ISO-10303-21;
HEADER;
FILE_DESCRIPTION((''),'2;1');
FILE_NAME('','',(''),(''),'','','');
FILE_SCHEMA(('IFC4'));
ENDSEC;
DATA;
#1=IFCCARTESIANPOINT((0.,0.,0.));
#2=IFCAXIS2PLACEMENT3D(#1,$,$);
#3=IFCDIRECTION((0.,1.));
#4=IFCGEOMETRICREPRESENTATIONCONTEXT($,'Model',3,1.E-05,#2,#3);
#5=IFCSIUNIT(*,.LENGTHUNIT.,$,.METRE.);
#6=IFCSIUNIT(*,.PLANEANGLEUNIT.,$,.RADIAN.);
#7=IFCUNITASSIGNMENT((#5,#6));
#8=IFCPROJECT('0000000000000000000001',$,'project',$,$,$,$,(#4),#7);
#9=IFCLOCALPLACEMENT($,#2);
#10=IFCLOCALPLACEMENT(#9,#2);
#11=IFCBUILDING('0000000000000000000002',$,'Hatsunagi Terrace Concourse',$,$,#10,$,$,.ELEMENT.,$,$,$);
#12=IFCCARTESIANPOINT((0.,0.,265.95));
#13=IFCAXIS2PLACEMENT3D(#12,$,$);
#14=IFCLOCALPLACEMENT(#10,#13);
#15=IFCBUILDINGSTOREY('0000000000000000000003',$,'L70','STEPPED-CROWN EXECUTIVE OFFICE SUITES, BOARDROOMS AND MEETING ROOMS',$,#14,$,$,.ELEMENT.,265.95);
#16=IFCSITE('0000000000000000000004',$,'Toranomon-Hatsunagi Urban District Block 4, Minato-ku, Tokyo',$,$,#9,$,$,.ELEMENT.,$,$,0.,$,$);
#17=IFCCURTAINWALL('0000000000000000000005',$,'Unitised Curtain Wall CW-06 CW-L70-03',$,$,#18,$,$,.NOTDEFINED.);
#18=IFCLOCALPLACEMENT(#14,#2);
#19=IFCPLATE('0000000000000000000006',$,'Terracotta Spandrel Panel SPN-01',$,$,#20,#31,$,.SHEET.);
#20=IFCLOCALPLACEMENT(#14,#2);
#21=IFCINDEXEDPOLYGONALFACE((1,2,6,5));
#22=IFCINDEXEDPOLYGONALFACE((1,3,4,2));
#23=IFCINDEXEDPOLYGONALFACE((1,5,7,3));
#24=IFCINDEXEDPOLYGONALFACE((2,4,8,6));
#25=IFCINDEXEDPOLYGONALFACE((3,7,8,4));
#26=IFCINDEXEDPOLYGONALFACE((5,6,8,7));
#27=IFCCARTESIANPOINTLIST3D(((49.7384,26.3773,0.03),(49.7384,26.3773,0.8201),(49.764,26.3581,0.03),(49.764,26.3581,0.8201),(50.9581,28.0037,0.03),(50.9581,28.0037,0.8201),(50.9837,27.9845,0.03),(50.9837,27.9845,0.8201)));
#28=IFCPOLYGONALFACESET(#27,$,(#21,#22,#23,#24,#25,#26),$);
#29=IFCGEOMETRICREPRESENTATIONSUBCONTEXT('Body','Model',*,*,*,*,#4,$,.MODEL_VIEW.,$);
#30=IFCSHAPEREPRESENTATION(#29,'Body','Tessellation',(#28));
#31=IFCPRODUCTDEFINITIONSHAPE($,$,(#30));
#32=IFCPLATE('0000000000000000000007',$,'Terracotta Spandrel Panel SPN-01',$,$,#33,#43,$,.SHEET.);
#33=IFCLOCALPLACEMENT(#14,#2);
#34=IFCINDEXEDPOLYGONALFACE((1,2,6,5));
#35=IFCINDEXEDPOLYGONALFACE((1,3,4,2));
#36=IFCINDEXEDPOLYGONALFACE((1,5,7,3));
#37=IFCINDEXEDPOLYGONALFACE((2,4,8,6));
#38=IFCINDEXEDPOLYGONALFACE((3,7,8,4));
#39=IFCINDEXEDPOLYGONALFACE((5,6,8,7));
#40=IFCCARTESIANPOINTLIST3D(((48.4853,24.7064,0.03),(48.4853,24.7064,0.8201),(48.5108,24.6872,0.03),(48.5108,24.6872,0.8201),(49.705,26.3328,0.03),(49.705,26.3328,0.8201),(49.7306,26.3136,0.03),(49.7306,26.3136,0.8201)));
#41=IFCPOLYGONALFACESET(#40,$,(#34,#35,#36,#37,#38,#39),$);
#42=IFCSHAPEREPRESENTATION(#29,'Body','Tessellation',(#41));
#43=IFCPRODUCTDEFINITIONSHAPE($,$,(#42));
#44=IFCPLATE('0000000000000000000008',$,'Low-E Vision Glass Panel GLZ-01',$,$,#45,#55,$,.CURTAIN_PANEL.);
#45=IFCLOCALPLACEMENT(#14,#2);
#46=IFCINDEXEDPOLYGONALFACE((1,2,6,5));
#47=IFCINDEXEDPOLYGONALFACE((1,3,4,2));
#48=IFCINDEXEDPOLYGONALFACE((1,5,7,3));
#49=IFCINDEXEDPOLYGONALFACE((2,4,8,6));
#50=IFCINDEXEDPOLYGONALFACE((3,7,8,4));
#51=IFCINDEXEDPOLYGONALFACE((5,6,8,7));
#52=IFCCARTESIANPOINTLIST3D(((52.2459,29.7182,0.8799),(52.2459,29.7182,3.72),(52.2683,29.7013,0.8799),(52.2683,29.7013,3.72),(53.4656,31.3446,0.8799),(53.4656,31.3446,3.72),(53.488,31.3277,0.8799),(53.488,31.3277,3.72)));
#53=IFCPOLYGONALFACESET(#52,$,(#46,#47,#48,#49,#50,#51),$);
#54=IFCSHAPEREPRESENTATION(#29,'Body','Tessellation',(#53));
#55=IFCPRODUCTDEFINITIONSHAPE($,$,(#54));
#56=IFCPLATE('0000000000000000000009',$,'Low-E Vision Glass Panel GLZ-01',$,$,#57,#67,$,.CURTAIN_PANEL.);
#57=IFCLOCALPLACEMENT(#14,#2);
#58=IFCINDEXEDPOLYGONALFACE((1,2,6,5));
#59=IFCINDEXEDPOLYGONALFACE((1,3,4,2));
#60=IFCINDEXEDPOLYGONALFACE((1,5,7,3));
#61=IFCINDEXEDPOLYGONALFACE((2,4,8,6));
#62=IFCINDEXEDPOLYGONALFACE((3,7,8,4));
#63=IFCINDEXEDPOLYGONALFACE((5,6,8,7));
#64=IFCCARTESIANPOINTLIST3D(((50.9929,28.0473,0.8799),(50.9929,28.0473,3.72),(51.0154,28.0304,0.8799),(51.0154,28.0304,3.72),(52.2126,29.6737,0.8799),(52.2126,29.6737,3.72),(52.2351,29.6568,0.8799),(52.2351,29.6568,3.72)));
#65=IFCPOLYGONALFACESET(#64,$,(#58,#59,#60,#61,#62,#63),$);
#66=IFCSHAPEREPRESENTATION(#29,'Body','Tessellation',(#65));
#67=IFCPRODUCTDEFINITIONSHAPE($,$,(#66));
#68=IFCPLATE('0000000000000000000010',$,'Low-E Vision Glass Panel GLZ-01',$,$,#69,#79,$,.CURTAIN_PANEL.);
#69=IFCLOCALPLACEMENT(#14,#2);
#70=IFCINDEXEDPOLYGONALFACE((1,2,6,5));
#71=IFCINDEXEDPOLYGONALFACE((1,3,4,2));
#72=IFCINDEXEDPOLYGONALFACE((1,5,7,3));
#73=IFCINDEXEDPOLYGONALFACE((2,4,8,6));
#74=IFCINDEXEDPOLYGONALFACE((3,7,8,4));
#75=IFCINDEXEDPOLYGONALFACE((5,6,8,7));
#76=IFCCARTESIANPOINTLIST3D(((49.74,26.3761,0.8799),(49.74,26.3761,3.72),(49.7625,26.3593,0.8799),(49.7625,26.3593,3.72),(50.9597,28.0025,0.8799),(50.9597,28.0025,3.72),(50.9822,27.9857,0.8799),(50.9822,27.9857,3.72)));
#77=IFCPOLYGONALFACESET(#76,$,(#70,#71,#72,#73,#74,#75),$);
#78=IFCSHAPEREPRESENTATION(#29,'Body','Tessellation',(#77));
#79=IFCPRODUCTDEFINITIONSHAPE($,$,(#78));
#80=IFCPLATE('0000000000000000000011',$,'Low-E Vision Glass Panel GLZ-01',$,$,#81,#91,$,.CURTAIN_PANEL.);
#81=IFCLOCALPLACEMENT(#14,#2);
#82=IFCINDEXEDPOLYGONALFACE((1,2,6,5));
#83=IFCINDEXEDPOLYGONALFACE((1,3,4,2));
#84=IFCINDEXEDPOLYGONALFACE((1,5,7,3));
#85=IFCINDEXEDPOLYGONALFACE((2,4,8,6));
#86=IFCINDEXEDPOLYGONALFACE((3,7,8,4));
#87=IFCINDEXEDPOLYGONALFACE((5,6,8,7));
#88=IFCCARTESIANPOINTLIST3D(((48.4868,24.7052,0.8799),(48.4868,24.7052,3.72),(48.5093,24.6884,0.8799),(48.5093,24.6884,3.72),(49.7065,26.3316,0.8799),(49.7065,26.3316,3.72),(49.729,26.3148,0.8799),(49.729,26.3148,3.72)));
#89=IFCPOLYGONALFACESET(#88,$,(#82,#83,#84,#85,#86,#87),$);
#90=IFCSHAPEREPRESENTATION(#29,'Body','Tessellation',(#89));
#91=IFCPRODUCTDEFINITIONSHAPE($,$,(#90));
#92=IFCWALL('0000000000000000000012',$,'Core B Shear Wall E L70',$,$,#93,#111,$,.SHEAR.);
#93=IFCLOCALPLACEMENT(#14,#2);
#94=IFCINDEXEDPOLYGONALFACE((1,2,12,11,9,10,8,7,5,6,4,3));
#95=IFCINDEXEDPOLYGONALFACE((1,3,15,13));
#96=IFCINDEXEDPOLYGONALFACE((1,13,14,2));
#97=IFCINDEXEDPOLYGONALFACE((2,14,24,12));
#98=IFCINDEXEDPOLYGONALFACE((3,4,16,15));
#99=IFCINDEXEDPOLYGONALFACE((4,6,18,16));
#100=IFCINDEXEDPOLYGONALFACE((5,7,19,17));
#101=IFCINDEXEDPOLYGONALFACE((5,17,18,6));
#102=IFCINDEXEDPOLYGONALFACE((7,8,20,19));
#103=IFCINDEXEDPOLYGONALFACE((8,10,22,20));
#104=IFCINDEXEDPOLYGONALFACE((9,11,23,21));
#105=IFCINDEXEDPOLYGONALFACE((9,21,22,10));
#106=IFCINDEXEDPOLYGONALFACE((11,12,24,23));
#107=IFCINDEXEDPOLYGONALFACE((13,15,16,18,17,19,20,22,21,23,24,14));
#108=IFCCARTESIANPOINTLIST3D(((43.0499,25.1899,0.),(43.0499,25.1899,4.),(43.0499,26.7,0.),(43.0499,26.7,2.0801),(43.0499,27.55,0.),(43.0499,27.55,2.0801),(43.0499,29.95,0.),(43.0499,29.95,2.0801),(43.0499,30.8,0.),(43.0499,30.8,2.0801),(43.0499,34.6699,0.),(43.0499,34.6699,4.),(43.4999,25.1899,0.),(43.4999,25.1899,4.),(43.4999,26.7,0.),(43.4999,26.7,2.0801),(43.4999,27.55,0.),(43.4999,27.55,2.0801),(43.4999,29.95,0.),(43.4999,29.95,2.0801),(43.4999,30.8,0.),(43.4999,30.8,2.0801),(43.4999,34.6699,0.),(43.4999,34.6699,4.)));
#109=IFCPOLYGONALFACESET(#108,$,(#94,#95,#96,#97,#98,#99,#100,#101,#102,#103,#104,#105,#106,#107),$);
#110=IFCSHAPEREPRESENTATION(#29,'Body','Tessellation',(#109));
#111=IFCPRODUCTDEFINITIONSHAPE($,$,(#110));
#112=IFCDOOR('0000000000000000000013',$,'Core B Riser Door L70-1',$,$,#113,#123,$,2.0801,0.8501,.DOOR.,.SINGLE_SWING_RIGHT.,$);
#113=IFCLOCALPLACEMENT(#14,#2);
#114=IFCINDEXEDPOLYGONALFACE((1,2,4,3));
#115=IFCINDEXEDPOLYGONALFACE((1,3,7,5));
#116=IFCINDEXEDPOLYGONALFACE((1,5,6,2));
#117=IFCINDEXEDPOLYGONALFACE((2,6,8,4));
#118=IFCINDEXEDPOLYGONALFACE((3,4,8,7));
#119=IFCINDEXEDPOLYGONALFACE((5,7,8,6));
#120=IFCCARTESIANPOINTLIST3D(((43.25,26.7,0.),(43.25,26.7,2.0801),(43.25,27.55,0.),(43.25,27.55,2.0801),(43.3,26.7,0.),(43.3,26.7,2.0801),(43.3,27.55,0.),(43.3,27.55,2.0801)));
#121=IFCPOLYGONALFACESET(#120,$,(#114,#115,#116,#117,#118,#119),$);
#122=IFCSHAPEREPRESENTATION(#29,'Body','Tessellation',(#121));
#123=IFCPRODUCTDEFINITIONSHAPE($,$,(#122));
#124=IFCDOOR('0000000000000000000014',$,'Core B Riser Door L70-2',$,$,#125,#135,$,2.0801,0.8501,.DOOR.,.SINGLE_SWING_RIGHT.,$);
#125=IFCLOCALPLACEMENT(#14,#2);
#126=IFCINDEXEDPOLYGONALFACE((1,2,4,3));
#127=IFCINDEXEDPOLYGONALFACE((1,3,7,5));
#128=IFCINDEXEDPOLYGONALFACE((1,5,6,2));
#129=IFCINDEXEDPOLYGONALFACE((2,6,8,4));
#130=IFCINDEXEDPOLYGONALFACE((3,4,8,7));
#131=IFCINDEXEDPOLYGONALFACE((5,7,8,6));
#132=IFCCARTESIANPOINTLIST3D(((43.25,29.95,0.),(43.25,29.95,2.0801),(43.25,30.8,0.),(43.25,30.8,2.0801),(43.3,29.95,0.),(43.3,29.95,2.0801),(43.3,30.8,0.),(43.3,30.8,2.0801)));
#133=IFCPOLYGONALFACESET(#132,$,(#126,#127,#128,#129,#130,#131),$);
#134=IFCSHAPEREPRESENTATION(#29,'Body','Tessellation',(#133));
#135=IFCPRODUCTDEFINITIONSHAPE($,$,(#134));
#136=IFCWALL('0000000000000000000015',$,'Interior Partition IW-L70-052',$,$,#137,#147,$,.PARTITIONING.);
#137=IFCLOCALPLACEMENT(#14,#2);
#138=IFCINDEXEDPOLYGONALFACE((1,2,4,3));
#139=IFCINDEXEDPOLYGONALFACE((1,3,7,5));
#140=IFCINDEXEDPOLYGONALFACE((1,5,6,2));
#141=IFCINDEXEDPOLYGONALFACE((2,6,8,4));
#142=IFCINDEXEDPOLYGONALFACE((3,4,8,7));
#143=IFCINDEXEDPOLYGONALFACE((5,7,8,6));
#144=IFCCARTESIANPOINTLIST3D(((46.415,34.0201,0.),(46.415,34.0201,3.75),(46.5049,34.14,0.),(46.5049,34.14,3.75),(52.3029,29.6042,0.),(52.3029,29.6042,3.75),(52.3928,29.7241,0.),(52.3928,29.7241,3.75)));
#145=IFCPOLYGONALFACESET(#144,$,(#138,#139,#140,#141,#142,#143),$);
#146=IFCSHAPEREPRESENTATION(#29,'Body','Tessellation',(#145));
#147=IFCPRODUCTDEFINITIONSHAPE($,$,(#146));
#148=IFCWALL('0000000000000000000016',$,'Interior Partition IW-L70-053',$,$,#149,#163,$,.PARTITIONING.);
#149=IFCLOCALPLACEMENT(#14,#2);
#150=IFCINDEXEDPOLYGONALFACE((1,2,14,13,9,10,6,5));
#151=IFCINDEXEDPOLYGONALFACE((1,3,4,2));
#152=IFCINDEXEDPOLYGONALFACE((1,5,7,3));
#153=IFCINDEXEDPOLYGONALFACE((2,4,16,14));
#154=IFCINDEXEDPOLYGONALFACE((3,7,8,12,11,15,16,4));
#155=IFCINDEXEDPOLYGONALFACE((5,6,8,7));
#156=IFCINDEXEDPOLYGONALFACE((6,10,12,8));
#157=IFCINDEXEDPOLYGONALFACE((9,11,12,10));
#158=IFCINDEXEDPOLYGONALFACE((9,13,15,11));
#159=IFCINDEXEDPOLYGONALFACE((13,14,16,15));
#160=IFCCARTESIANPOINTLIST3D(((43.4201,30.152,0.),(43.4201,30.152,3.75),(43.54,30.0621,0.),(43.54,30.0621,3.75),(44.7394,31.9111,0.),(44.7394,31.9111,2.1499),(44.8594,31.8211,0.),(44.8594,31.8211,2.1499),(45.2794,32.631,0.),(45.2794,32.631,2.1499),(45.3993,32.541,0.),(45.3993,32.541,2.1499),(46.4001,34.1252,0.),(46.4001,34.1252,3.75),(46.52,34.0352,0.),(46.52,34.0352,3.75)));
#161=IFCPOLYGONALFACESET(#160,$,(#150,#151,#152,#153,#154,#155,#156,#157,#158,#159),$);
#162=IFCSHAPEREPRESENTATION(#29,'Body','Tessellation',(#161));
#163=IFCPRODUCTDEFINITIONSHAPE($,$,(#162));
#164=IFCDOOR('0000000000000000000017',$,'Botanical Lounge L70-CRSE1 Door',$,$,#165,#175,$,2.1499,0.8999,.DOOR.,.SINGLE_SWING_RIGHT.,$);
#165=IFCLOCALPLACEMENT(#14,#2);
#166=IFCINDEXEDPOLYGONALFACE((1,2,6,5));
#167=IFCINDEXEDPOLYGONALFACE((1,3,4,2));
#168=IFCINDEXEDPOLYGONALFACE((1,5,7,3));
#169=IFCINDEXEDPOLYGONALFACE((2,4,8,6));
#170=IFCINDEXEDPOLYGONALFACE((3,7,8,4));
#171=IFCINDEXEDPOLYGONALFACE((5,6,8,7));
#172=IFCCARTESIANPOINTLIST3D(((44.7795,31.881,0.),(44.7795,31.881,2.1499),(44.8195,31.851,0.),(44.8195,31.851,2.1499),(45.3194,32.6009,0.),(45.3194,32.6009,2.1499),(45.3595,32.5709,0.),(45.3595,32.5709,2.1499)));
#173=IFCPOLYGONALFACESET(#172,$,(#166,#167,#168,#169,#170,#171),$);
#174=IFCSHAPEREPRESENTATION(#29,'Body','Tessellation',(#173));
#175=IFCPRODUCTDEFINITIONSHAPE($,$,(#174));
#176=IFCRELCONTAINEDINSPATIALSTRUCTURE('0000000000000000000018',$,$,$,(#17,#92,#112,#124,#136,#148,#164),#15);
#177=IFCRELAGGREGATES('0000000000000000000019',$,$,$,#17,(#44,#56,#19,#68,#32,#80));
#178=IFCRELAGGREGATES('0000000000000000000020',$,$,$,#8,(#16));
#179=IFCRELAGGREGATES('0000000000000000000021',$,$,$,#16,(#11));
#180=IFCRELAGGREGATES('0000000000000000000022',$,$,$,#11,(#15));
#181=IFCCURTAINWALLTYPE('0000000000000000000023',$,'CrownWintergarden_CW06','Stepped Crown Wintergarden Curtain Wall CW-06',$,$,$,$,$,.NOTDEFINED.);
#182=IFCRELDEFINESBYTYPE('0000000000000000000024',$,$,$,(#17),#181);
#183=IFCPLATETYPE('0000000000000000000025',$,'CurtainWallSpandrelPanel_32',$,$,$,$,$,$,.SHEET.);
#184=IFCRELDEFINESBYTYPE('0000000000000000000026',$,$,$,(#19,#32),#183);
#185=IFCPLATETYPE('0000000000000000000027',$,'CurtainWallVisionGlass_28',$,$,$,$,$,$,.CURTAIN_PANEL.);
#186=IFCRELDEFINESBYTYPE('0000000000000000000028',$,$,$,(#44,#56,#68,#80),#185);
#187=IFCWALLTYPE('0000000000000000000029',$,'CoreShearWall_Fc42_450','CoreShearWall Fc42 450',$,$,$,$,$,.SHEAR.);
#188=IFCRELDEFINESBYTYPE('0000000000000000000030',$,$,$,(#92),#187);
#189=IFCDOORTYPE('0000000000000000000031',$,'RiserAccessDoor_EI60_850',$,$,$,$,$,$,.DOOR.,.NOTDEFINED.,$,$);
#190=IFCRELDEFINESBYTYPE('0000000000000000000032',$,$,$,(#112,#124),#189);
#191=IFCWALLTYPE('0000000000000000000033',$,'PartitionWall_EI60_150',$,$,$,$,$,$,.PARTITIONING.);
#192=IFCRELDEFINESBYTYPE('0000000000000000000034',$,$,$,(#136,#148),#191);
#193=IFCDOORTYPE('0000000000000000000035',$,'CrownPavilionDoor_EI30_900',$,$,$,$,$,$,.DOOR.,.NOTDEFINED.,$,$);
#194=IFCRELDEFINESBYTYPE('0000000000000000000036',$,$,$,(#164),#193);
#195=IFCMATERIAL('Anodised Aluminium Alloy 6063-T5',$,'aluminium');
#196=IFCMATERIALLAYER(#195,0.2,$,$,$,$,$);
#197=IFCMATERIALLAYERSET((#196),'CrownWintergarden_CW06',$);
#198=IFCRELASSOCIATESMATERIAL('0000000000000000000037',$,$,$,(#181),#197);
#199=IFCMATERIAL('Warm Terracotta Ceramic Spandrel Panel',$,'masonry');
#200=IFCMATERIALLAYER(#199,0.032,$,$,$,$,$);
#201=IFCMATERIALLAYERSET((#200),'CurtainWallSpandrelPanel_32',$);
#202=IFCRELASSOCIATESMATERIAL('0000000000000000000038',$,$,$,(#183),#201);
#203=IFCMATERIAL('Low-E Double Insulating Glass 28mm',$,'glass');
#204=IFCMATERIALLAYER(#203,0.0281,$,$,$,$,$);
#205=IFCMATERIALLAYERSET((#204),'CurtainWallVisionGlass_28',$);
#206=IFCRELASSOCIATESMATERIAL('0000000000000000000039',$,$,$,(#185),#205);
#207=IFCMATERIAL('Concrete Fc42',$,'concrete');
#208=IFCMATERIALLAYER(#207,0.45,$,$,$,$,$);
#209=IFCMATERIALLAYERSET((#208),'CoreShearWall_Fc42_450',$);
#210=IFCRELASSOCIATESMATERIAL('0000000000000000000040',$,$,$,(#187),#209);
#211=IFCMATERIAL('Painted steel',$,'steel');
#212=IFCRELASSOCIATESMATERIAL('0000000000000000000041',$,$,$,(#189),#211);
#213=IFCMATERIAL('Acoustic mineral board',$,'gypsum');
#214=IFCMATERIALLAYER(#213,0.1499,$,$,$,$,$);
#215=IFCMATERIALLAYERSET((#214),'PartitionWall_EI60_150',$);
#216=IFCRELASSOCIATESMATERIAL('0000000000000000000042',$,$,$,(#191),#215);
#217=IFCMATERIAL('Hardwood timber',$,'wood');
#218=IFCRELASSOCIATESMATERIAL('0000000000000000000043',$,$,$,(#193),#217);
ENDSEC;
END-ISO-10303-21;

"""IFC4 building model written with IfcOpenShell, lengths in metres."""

from ifc_helpers import new_model, si_unit, direction, frame, frame_2d, origin, origin_2d, place, context, subcontext, project, spatial, rectangle, extrude, material, layer, layer_set, type_object, element, fill, aggregate, save


model = new_model("IFC4")

# Units and contexts
model_context = context("Model", 3, precision=1e-05, world=origin(), true_north=direction((0.0, 1.0)))
body_context = subcontext(model_context, "Body", "Model", "MODEL_VIEW")
ifc_project = project(units=[si_unit("LENGTHUNIT", "METRE"), si_unit("PLANEANGLEUNIT", "RADIAN")], contexts=[model_context])

# Site, building, storey
site_placement = place(None, origin())
site = spatial("IfcSite", under=ifc_project, at=site_placement, Name="Toranomon-Hatsunagi Urban District Block 4, Minato-ku, Tokyo", CompositionType="ELEMENT", RefElevation=0.0)
building_placement = place(site_placement, origin())
building = spatial("IfcBuilding", under=site, at=building_placement, Name="Hatsunagi Terrace Concourse", CompositionType="ELEMENT")
storey_placement = place(building_placement, frame((0.0, 0.0, 265.95)))
storey = spatial("IfcBuildingStorey", under=building, at=storey_placement, Name="L70", Description="STEPPED-CROWN EXECUTIVE OFFICE SUITES, BOARDROOMS AND MEETING ROOMS", CompositionType="ELEMENT", Elevation=265.95)

# Shared definitions
ifc_material_1 = material(Name="Anodised Aluminium Alloy 6063-T5", Category="aluminium")
ifc_layer_1 = layer(ifc_material_1, 0.2)
ifc_layer_set_1 = layer_set([ifc_layer_1], Name="CrownWintergarden_CW06")
curtain_wall_type = type_object("IfcCurtainWallType", Name="CrownWintergarden_CW06", Description="Stepped Crown Wintergarden Curtain Wall CW-06", PredefinedType="NOTDEFINED", material=ifc_layer_set_1)

# Curtain wall, plates
curtain_wall_1_placement = place(storey_placement, origin())
curtain_wall_1 = element("IfcCurtainWall", 1, at=curtain_wall_1_placement, inside=storey, type_object=curtain_wall_type, Name="Unitised Curtain Wall CW-06 CW-L70-03", PredefinedType="NOTDEFINED")
ifc_material_2 = material(Name="Warm Terracotta Ceramic Spandrel Panel", Category="masonry")
ifc_layer_2 = layer(ifc_material_2, 0.032)
ifc_layer_set_2 = layer_set([ifc_layer_2], Name="CurtainWallSpandrelPanel_32")
plate_type_1 = type_object("IfcPlateType", Name="CurtainWallSpandrelPanel_32", PredefinedType="SHEET", material=ifc_layer_set_2)
plate_1_placement = place(storey_placement, frame((50.3611, 27.1809, 0.03), z_axis=(0.0, 0.0, 1.0), x_axis=(-0.599969, -0.800023, 0.0)))
plate_1 = element("IfcPlate", 2, at=plate_1_placement, type_object=plate_type_1, Name="Terracotta Spandrel Panel SPN-01", PredefinedType="SHEET", context=body_context, shape_type="SweptSolid", body=[
    extrude(rectangle(XDim=2.033, YDim=0.032, at=origin_2d()), origin(), (0.0, 0.0, 1.0), 0.79),
])
plate_2_placement = place(storey_placement, frame((49.1079, 25.51, 0.03), z_axis=(0.0, 0.0, 1.0), x_axis=(-0.599969, -0.800023, 0.0)))
plate_2 = element("IfcPlate", 3, at=plate_2_placement, type_object=plate_type_1, Name="Terracotta Spandrel Panel SPN-01", PredefinedType="SHEET", context=body_context, shape_type="SweptSolid", body=[
    extrude(rectangle(XDim=2.033, YDim=0.032, at=origin_2d()), origin(), (0.0, 0.0, 1.0), 0.79),
])
ifc_material_3 = material(Name="Low-E Double Insulating Glass 28mm", Category="glass")
ifc_layer_3 = layer(ifc_material_3, 0.0281)
ifc_layer_set_3 = layer_set([ifc_layer_3], Name="CurtainWallVisionGlass_28")
plate_type_2 = type_object("IfcPlateType", Name="CurtainWallVisionGlass_28", PredefinedType="CURTAIN_PANEL", material=ifc_layer_set_3)
plate_3_placement = place(storey_placement, frame((52.8669, 30.5229, 0.8799), z_axis=(0.0, 0.0, 1.0), x_axis=(-0.599969, -0.800023, 0.0)))
plate_3 = element("IfcPlate", 4, at=plate_3_placement, type_object=plate_type_2, Name="Low-E Vision Glass Panel GLZ-01", PredefinedType="CURTAIN_PANEL", context=body_context, shape_type="SweptSolid", body=[
    extrude(rectangle(XDim=2.033, YDim=0.0281, at=origin_2d()), origin(), (0.0, 0.0, 1.0), 2.8401),
])
plate_4_placement = place(storey_placement, frame((51.614, 28.8521, 0.8799), z_axis=(0.0, 0.0, 1.0), x_axis=(-0.599969, -0.800023, 0.0)))
plate_4 = element("IfcPlate", 5, at=plate_4_placement, type_object=plate_type_2, Name="Low-E Vision Glass Panel GLZ-01", PredefinedType="CURTAIN_PANEL", context=body_context, shape_type="SweptSolid", body=[
    extrude(rectangle(XDim=2.033, YDim=0.0281, at=origin_2d()), origin(), (0.0, 0.0, 1.0), 2.8401),
])
plate_5_placement = place(storey_placement, frame((50.3611, 27.1809, 0.8799), z_axis=(0.0, 0.0, 1.0), x_axis=(-0.599969, -0.800023, 0.0)))
plate_5 = element("IfcPlate", 6, at=plate_5_placement, type_object=plate_type_2, Name="Low-E Vision Glass Panel GLZ-01", PredefinedType="CURTAIN_PANEL", context=body_context, shape_type="SweptSolid", body=[
    extrude(rectangle(XDim=2.033, YDim=0.0281, at=origin_2d()), origin(), (0.0, 0.0, 1.0), 2.8401),
])
plate_6_placement = place(storey_placement, frame((49.1079, 25.51, 0.8799), z_axis=(0.0, 0.0, 1.0), x_axis=(-0.599969, -0.800023, 0.0)))
plate_6 = element("IfcPlate", 7, at=plate_6_placement, type_object=plate_type_2, Name="Low-E Vision Glass Panel GLZ-01", PredefinedType="CURTAIN_PANEL", context=body_context, shape_type="SweptSolid", body=[
    extrude(rectangle(XDim=2.033, YDim=0.0281, at=origin_2d()), origin(), (0.0, 0.0, 1.0), 2.8401),
])
aggregate(curtain_wall_1, [plate_3, plate_4, plate_1, plate_5, plate_2, plate_6])

# Wall, openings, doors
ifc_material_4 = material(Name="Concrete Fc42", Category="concrete")
ifc_layer_4 = layer(ifc_material_4, 0.45)
ifc_layer_set_4 = layer_set([ifc_layer_4], Name="CoreShearWall_Fc42_450")
wall_type_1 = type_object("IfcWallType", Name="CoreShearWall_Fc42_450", Description="CoreShearWall Fc42 450", PredefinedType="SHEAR", material=ifc_layer_set_4)
wall_1_placement = place(storey_placement, frame((43.2749, 25.1899, 0.0), z_axis=(0.0, 0.0, 1.0), x_axis=(0.0, 1.0, 0.0)))
wall_1 = element("IfcWall", 8, at=wall_1_placement, inside=storey, type_object=wall_type_1, Name="Core B Shear Wall E L70", PredefinedType="SHEAR", context=body_context, shape_type="SweptSolid", body=[
    extrude(rectangle(XDim=9.48, YDim=0.45, at=frame_2d((4.74, 0.0))), origin(), (0.0, 0.0, 1.0), 4.0),
])
opening_1_placement = place(wall_1_placement, frame((1.51, 0.0, 0.0)))
opening_1 = element("IfcOpeningElement", 9, at=opening_1_placement, cuts=wall_1, PredefinedType="OPENING", context=body_context, shape_type="SweptSolid", body=[
    extrude(rectangle(XDim=0.8501, YDim=2.0801, at=frame_2d((0.425, 1.04))), frame((0.0, 0.2349, 0.0), z_axis=(0.0, -1.0, 0.0), x_axis=(1.0, 0.0, 0.0)), (0.0, 0.0, 1.0), 0.47),
])
opening_2_placement = place(wall_1_placement, frame((4.76, 0.0, 0.0)))
opening_2 = element("IfcOpeningElement", 10, at=opening_2_placement, cuts=wall_1, PredefinedType="OPENING", context=body_context, shape_type="SweptSolid", body=[
    extrude(rectangle(XDim=0.8501, YDim=2.0801, at=frame_2d((0.425, 1.04))), frame((0.0, 0.2349, 0.0), z_axis=(0.0, -1.0, 0.0), x_axis=(1.0, 0.0, 0.0)), (0.0, 0.0, 1.0), 0.47),
])
ifc_material_5 = material(Name="Painted steel", Category="steel")
door_type_1 = type_object("IfcDoorType", Name="RiserAccessDoor_EI60_850", OperationType="NOTDEFINED", PredefinedType="DOOR", material=ifc_material_5)
door_1_placement = place(opening_1_placement, origin())
door_1 = element("IfcDoor", 11, at=door_1_placement, inside=storey, type_object=door_type_1, Name="Core B Riser Door L70-1", OperationType="SINGLE_SWING_RIGHT", OverallHeight=2.0801, OverallWidth=0.8501, PredefinedType="DOOR", context=body_context, shape_type="SweptSolid", body=[
    extrude(rectangle(XDim=0.8501, YDim=2.0801, at=frame_2d((0.425, 1.04))), frame((0.0, 0.0249, 0.0), z_axis=(0.0, -1.0, 0.0), x_axis=(1.0, 0.0, 0.0)), (0.0, 0.0, 1.0), 0.05),
])
fill(opening_1, door_1)
door_2_placement = place(opening_2_placement, origin())
door_2 = element("IfcDoor", 12, at=door_2_placement, inside=storey, type_object=door_type_1, Name="Core B Riser Door L70-2", OperationType="SINGLE_SWING_RIGHT", OverallHeight=2.0801, OverallWidth=0.8501, PredefinedType="DOOR", context=body_context, shape_type="SweptSolid", body=[
    extrude(rectangle(XDim=0.8501, YDim=2.0801, at=frame_2d((0.425, 1.04))), frame((0.0, 0.0249, 0.0), z_axis=(0.0, -1.0, 0.0), x_axis=(1.0, 0.0, 0.0)), (0.0, 0.0, 1.0), 0.05),
])
fill(opening_2, door_2)

# Wall
ifc_material_6 = material(Name="Acoustic mineral board", Category="gypsum")
ifc_layer_5 = layer(ifc_material_6, 0.1499)
ifc_layer_set_5 = layer_set([ifc_layer_5], Name="PartitionWall_EI60_150")
wall_type_2 = type_object("IfcWallType", Name="PartitionWall_EI60_150", PredefinedType="PARTITIONING", material=ifc_layer_set_5)
wall_2_placement = place(storey_placement, frame((46.46, 34.0801, 0.0), z_axis=(0.0, 0.0, 1.0), x_axis=(0.799996, -0.600005, 0.0)))
element("IfcWall", 13, at=wall_2_placement, inside=storey, type_object=wall_type_2, Name="Interior Partition IW-L70-052", PredefinedType="PARTITIONING", context=body_context, shape_type="SweptSolid", body=[
    extrude(rectangle(XDim=7.3599, YDim=0.1499, at=frame_2d((3.6799, 0.0))), origin(), (0.0, 0.0, 1.0), 3.75),
])

# Wall, opening, door
wall_3_placement = place(storey_placement, frame((43.48, 30.1069, 0.0), z_axis=(0.0, 0.0, 1.0), x_axis=(0.600016, 0.799988, 0.0)))
wall_3 = element("IfcWall", 14, at=wall_3_placement, inside=storey, type_object=wall_type_2, Name="Interior Partition IW-L70-053", PredefinedType="PARTITIONING", context=body_context, shape_type="SweptSolid", body=[
    extrude(rectangle(XDim=4.9666, YDim=0.1499, at=frame_2d((2.4834, 0.0))), origin(), (0.0, 0.0, 1.0), 3.75),
])
opening_3_placement = place(wall_3_placement, frame((2.199, 0.0, 0.0)))
opening_3 = element("IfcOpeningElement", 15, at=opening_3_placement, cuts=wall_3, PredefinedType="OPENING", context=body_context, shape_type="SweptSolid", body=[
    extrude(rectangle(XDim=0.8999, YDim=2.1499, at=frame_2d((0.45, 1.075))), frame((0.0, 0.085, 0.0), z_axis=(0.0, -1.0, 0.0), x_axis=(1.0, 0.0, 0.0)), (0.0, 0.0, 1.0), 0.1699),
])
ifc_material_7 = material(Name="Hardwood timber", Category="wood")
door_type_2 = type_object("IfcDoorType", Name="CrownPavilionDoor_EI30_900", OperationType="NOTDEFINED", PredefinedType="DOOR", material=ifc_material_7)
door_3_placement = place(opening_3_placement, origin())
door_3 = element("IfcDoor", 16, at=door_3_placement, inside=storey, type_object=door_type_2, Name="Botanical Lounge L70-CRSE1 Door", OperationType="SINGLE_SWING_RIGHT", OverallHeight=2.1499, OverallWidth=0.8999, PredefinedType="DOOR", context=body_context, shape_type="SweptSolid", body=[
    extrude(rectangle(XDim=0.8999, YDim=2.1499, at=frame_2d((0.45, 1.075))), frame((0.0, 0.0249, 0.0), z_axis=(0.0, -1.0, 0.0), x_axis=(1.0, 0.0, 0.0)), (0.0, 0.0, 1.0), 0.05),
])
fill(opening_3, door_3)

save(model, "model.ifc")
